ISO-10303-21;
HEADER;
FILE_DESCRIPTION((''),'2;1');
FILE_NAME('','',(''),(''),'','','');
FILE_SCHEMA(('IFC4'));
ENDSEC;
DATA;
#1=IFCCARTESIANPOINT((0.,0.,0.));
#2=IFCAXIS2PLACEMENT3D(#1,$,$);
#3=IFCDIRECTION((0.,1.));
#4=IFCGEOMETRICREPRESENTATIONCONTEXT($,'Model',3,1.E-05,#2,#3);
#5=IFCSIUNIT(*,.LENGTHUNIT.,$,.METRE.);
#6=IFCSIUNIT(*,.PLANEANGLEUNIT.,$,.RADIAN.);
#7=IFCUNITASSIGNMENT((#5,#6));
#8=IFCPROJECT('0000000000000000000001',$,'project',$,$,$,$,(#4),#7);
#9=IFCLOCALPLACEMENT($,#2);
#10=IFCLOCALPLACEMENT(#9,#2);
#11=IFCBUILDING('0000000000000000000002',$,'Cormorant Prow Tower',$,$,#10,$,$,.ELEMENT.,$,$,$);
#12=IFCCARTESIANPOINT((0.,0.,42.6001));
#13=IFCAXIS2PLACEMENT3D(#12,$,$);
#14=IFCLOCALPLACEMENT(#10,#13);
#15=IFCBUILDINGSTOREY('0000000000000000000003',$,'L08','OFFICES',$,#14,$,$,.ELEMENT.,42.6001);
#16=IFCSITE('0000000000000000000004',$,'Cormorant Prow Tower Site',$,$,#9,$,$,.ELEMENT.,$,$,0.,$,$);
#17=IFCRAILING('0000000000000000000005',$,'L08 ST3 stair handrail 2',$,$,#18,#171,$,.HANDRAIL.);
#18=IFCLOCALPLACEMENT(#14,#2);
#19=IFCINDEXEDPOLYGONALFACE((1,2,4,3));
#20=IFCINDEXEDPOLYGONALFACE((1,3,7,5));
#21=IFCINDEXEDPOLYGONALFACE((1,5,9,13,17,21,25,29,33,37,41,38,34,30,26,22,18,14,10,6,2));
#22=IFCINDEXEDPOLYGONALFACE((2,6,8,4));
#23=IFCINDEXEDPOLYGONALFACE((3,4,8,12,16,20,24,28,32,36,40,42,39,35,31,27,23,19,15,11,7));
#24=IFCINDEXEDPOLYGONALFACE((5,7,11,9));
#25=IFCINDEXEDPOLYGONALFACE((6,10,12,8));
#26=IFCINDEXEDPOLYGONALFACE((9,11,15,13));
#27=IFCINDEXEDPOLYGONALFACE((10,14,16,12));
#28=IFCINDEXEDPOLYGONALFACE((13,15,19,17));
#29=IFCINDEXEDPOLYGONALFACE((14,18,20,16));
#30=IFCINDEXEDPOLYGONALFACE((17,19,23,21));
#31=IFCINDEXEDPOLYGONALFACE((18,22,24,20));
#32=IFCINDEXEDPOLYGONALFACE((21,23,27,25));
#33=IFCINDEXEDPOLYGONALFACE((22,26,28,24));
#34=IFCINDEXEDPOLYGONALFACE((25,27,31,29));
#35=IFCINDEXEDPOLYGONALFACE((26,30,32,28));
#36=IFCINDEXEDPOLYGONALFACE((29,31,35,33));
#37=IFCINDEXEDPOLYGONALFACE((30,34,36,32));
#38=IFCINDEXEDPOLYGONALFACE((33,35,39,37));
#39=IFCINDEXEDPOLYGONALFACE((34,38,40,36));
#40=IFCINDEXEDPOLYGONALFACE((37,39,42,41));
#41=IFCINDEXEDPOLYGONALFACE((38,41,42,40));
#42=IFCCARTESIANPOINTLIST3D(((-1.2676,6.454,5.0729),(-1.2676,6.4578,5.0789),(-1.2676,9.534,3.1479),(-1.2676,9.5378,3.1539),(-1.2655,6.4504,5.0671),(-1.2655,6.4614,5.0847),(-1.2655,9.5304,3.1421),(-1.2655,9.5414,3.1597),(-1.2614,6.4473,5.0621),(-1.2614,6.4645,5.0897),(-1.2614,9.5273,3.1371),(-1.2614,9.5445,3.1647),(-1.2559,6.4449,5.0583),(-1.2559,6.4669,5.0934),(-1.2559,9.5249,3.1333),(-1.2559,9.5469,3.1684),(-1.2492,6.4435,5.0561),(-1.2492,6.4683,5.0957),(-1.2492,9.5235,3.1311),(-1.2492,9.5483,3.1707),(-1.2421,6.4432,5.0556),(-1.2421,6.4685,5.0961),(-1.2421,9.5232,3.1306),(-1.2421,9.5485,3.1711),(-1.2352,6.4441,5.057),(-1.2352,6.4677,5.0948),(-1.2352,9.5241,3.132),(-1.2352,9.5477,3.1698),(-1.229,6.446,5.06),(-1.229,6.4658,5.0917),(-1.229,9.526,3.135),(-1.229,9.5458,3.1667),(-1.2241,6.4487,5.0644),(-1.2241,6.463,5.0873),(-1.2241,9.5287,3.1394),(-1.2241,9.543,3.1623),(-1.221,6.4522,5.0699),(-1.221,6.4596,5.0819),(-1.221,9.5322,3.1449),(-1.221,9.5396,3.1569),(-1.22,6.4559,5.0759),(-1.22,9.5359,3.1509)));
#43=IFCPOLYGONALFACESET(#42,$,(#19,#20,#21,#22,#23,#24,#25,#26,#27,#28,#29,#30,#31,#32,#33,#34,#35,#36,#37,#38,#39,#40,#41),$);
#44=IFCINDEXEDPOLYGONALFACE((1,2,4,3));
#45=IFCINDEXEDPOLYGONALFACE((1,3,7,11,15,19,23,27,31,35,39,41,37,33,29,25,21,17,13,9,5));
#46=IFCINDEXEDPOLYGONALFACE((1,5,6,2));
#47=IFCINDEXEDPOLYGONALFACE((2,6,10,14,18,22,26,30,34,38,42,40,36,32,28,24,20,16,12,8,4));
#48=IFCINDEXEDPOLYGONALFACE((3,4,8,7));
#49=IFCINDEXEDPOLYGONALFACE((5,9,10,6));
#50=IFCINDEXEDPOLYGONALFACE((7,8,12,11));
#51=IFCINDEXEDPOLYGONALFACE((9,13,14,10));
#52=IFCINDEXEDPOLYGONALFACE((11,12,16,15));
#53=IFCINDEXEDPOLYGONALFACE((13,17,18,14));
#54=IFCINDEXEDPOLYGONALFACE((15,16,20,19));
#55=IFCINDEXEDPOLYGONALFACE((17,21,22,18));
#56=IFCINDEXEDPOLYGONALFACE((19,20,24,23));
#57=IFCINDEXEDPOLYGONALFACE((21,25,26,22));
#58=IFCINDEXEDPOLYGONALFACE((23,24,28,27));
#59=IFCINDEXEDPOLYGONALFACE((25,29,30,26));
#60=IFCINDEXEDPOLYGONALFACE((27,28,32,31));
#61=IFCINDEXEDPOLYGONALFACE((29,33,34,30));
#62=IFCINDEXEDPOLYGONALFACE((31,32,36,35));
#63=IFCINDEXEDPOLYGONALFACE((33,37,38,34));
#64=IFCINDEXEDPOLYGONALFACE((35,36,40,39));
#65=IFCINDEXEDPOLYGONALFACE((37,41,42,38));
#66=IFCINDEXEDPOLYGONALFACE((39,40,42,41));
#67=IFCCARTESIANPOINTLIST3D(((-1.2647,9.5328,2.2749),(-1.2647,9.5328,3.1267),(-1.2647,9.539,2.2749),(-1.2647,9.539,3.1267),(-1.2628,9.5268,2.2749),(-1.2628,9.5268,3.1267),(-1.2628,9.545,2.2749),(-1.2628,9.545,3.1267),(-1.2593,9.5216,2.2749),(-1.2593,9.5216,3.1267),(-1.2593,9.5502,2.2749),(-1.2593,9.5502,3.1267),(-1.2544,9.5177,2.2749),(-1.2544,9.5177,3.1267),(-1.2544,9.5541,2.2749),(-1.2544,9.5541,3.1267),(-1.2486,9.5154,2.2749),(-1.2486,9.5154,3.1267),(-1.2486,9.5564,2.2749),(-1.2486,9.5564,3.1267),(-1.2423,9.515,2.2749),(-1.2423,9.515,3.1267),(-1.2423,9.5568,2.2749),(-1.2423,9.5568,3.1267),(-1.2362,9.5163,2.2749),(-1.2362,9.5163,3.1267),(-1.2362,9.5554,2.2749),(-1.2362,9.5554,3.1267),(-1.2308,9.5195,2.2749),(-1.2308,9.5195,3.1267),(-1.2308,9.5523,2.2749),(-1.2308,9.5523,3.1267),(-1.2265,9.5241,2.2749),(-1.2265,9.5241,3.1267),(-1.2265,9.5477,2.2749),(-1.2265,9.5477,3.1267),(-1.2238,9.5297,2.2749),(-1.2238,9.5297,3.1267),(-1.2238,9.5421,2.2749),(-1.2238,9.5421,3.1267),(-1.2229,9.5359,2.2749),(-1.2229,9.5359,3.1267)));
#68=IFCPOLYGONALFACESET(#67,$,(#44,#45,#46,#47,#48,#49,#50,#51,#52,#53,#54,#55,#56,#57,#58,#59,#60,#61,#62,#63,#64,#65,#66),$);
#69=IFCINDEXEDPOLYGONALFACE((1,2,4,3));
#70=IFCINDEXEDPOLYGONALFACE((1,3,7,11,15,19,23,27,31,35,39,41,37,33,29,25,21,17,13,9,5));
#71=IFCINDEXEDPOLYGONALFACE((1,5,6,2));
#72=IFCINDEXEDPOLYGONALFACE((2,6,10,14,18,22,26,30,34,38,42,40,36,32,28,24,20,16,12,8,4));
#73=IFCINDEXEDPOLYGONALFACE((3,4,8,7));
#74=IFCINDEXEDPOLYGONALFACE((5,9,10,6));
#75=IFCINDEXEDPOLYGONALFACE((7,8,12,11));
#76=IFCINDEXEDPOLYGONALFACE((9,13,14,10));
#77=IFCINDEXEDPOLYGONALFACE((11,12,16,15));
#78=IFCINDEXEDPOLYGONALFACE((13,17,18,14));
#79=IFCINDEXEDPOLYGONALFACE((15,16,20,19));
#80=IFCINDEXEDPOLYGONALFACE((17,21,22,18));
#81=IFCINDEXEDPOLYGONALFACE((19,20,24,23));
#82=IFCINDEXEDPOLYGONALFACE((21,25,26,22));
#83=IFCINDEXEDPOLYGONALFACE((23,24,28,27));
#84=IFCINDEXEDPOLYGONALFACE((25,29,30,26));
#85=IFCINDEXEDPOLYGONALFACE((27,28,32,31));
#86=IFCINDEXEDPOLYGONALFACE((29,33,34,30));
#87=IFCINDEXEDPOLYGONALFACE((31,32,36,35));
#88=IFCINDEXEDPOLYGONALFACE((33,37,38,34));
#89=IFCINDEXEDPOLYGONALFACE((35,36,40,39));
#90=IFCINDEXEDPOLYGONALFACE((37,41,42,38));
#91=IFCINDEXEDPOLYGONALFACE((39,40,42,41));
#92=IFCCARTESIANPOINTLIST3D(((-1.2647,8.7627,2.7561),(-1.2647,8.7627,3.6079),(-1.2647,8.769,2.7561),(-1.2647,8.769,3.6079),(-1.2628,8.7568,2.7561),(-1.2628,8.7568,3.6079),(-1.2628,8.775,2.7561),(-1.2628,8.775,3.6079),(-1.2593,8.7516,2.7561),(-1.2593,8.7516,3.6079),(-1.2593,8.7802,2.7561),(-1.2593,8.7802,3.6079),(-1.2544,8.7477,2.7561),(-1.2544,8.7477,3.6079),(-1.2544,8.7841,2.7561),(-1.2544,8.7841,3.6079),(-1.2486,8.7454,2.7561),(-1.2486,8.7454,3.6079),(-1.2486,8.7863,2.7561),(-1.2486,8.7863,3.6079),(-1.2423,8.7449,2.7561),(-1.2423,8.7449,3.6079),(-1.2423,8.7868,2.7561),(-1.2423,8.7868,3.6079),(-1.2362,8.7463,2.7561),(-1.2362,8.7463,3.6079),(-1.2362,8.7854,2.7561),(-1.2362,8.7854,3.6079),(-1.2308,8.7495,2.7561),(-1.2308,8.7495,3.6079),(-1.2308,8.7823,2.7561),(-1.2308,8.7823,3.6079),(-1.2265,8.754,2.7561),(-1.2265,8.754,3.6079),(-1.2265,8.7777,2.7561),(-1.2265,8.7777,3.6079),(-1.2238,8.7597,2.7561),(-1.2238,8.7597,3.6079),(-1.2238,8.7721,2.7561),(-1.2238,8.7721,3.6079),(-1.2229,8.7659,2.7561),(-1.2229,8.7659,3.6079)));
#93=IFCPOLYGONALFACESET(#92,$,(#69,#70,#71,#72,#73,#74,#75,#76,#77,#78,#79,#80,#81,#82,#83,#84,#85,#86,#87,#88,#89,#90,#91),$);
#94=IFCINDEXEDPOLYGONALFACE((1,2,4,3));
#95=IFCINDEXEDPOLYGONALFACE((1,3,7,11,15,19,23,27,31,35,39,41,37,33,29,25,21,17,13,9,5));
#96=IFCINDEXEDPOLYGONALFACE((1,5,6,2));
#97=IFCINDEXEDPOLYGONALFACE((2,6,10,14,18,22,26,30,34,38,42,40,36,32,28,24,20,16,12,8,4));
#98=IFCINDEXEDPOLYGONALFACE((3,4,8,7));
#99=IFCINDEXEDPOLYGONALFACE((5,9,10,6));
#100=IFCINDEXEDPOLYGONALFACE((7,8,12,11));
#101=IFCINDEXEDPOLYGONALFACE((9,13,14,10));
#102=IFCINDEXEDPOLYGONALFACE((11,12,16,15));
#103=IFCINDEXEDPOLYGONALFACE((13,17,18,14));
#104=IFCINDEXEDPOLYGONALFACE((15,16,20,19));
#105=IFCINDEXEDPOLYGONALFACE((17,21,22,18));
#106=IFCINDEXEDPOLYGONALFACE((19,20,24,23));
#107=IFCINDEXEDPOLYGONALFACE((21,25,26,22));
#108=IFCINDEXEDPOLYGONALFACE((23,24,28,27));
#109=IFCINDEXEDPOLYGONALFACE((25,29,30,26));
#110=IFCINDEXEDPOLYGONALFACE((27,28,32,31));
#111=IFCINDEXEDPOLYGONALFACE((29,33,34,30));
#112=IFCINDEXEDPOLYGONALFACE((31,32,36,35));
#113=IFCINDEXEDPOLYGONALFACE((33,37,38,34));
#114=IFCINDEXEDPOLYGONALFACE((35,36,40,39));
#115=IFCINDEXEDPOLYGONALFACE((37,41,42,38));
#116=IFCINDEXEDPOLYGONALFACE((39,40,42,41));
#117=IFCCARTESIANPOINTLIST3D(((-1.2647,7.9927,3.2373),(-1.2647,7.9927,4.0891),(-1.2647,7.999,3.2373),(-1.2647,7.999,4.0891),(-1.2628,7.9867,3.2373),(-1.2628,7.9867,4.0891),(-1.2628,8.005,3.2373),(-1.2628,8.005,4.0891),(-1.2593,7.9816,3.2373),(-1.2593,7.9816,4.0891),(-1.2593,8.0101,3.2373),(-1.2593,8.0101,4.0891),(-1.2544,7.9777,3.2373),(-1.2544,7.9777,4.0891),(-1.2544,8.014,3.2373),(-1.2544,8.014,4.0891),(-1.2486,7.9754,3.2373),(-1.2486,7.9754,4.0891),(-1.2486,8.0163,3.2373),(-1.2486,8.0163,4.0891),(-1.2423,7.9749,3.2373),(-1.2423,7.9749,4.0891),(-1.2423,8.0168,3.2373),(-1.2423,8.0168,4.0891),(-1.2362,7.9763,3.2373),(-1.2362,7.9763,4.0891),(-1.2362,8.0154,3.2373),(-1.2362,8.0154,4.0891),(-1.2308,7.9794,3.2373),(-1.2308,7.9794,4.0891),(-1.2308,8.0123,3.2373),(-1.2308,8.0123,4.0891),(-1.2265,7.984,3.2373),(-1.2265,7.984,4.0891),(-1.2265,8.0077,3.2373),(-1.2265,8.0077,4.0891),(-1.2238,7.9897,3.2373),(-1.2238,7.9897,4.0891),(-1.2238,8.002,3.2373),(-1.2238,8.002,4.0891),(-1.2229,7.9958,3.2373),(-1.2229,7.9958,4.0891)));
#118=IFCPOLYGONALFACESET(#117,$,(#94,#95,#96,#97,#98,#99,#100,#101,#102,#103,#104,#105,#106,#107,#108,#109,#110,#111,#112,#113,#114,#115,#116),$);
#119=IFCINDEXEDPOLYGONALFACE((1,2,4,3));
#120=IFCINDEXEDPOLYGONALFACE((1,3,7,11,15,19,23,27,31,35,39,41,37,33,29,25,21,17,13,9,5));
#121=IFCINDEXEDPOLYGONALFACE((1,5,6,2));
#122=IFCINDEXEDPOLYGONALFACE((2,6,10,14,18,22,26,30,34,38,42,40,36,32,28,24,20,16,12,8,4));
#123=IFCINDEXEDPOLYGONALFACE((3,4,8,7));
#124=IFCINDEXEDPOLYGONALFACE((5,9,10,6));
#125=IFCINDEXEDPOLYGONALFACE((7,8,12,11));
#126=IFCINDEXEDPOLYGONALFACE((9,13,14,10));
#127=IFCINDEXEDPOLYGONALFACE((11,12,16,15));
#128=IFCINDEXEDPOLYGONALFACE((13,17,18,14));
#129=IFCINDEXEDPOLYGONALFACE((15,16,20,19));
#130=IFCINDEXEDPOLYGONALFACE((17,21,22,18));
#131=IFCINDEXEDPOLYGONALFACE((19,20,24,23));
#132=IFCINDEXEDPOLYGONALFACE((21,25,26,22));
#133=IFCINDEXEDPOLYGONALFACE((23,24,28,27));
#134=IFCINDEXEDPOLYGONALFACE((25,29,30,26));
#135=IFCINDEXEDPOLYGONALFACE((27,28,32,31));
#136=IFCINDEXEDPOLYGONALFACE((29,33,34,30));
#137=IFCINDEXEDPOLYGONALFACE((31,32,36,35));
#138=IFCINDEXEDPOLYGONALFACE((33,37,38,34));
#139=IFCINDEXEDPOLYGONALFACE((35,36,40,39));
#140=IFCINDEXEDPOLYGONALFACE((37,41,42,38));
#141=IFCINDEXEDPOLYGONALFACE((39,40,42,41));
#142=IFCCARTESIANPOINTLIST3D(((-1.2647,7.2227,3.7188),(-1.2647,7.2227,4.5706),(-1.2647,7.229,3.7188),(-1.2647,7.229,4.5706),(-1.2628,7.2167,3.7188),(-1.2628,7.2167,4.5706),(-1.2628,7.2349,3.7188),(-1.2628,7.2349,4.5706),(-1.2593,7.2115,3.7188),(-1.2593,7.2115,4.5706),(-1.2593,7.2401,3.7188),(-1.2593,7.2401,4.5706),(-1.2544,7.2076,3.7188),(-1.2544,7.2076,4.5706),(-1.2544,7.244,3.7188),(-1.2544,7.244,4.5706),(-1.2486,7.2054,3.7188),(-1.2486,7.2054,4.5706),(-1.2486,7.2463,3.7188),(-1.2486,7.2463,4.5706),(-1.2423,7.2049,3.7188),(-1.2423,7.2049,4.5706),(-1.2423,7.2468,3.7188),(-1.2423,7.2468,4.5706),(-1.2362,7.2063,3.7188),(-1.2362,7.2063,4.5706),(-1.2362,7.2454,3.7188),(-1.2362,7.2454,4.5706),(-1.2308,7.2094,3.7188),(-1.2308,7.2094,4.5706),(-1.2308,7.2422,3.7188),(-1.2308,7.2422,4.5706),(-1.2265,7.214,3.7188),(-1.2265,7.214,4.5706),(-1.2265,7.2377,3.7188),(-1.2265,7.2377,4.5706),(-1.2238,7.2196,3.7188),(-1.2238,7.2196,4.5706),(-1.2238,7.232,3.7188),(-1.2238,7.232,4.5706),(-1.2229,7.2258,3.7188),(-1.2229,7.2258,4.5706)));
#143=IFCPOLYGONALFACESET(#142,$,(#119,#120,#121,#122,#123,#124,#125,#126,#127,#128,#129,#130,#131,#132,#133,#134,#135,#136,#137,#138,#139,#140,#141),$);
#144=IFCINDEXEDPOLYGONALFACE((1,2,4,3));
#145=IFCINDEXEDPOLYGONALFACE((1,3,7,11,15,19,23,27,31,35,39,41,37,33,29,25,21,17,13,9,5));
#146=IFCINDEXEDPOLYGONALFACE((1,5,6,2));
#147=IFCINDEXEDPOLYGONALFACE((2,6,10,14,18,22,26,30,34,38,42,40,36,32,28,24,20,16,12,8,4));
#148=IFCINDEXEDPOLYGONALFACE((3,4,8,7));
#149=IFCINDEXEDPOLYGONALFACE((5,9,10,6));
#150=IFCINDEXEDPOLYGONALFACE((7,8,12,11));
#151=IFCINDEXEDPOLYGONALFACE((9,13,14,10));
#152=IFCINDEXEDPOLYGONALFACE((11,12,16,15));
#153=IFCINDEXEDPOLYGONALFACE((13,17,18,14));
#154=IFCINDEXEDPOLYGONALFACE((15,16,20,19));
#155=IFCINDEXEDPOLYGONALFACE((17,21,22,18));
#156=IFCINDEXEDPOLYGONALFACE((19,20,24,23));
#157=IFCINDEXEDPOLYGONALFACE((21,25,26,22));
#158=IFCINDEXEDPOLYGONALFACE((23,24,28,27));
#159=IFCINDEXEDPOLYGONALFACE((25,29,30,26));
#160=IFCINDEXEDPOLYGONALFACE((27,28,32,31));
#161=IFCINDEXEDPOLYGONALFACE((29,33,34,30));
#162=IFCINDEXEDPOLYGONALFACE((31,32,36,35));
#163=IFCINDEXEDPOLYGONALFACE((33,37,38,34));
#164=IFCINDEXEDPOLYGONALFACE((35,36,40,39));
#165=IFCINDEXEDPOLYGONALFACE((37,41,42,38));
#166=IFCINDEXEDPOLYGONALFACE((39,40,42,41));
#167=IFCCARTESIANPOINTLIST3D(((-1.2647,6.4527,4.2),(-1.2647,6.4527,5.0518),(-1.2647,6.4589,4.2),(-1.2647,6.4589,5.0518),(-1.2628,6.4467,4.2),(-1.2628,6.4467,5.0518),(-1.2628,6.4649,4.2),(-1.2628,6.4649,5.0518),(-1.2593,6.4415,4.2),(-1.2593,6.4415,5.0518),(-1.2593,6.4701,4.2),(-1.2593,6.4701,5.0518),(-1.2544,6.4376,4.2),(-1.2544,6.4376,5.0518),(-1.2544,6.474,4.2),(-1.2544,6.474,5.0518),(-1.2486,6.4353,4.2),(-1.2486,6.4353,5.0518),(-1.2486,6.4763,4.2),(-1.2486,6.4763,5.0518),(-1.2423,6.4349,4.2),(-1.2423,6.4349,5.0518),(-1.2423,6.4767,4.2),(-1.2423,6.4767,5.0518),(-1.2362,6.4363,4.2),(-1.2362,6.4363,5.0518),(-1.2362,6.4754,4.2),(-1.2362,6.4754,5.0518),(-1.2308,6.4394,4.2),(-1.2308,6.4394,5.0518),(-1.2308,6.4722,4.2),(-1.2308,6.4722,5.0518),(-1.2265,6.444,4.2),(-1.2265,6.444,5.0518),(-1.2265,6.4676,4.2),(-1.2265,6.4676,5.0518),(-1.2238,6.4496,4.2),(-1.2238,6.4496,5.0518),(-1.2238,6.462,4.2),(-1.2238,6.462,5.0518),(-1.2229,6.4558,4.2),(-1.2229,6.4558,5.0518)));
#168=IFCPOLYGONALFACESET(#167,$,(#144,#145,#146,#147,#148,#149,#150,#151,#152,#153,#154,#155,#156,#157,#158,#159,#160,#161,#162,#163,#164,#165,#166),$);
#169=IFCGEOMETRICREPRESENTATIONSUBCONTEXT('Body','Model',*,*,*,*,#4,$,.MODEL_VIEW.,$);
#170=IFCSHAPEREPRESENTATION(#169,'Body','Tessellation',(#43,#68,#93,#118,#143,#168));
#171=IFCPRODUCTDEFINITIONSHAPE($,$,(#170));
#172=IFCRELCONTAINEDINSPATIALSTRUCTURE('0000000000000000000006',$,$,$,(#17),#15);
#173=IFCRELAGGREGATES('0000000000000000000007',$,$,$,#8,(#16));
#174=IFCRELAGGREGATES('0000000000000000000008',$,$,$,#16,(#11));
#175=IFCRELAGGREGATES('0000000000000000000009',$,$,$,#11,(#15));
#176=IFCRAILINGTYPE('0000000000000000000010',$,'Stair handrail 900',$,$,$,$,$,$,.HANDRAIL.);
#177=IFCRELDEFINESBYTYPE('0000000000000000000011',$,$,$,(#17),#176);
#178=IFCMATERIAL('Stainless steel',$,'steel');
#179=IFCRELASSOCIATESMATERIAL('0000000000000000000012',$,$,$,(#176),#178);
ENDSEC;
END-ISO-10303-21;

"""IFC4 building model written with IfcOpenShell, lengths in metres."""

from ifc_helpers import new_model, si_unit, direction, frame, origin, origin_2d, place, context, subcontext, project, spatial, circle, extrude, material, type_object, element, save


model = new_model("IFC4")

# Units and contexts
model_context = context("Model", 3, precision=1e-05, world=origin(), true_north=direction((0.0, 1.0)))
body_context = subcontext(model_context, "Body", "Model", "MODEL_VIEW")
ifc_project = project(units=[si_unit("LENGTHUNIT", "METRE"), si_unit("PLANEANGLEUNIT", "RADIAN")], contexts=[model_context])

# Site, building, storey
site_placement = place(None, origin())
site = spatial("IfcSite", under=ifc_project, at=site_placement, Name="Cormorant Prow Tower Site", CompositionType="ELEMENT", RefElevation=0.0)
building_placement = place(site_placement, origin())
building = spatial("IfcBuilding", under=site, at=building_placement, Name="Cormorant Prow Tower", CompositionType="ELEMENT")
storey_placement = place(building_placement, frame((0.0, 0.0, 42.6001)))
storey = spatial("IfcBuildingStorey", under=building, at=storey_placement, Name="L08", Description="OFFICES", CompositionType="ELEMENT", Elevation=42.6001)

# Railing
ifc_material_1 = material(Name="Stainless steel", Category="steel")
railing_type = type_object("IfcRailingType", Name="Stair handrail 900", PredefinedType="HANDRAIL", material=ifc_material_1)
railing_placement = place(storey_placement, frame((-1.2439, 9.5359, 2.2749)))
element("IfcRailing", 1, at=railing_placement, inside=storey, type_object=railing_type, Name="L08 ST3 stair handrail 2", PredefinedType="HANDRAIL", context=body_context, shape_type="SweptSolid", body=[
    extrude(circle(Radius=0.0239, at=origin_2d()), frame((0.0, 0.0, 0.876), z_axis=(0.0, -0.847998, 0.529999), x_axis=(1.0, 0.0, 0.0)), (0.0, 0.0, 1.0), 3.6321),
    extrude(circle(Radius=0.021, at=origin_2d()), origin(), (0.0, 0.0, 1.0), 0.8518),
    extrude(circle(Radius=0.021, at=origin_2d()), frame((0.0, -0.77, 0.4812)), (0.0, 0.0, 1.0), 0.8518),
    extrude(circle(Radius=0.021, at=origin_2d()), frame((0.0, -1.54, 0.9624)), (0.0, 0.0, 1.0), 0.8518),
    extrude(circle(Radius=0.021, at=origin_2d()), frame((0.0, -2.3101, 1.4438)), (0.0, 0.0, 1.0), 0.8518),
    extrude(circle(Radius=0.021, at=origin_2d()), frame((0.0, -3.0801, 1.925)), (0.0, 0.0, 1.0), 0.8518),
])

save(model, "model.ifc")
